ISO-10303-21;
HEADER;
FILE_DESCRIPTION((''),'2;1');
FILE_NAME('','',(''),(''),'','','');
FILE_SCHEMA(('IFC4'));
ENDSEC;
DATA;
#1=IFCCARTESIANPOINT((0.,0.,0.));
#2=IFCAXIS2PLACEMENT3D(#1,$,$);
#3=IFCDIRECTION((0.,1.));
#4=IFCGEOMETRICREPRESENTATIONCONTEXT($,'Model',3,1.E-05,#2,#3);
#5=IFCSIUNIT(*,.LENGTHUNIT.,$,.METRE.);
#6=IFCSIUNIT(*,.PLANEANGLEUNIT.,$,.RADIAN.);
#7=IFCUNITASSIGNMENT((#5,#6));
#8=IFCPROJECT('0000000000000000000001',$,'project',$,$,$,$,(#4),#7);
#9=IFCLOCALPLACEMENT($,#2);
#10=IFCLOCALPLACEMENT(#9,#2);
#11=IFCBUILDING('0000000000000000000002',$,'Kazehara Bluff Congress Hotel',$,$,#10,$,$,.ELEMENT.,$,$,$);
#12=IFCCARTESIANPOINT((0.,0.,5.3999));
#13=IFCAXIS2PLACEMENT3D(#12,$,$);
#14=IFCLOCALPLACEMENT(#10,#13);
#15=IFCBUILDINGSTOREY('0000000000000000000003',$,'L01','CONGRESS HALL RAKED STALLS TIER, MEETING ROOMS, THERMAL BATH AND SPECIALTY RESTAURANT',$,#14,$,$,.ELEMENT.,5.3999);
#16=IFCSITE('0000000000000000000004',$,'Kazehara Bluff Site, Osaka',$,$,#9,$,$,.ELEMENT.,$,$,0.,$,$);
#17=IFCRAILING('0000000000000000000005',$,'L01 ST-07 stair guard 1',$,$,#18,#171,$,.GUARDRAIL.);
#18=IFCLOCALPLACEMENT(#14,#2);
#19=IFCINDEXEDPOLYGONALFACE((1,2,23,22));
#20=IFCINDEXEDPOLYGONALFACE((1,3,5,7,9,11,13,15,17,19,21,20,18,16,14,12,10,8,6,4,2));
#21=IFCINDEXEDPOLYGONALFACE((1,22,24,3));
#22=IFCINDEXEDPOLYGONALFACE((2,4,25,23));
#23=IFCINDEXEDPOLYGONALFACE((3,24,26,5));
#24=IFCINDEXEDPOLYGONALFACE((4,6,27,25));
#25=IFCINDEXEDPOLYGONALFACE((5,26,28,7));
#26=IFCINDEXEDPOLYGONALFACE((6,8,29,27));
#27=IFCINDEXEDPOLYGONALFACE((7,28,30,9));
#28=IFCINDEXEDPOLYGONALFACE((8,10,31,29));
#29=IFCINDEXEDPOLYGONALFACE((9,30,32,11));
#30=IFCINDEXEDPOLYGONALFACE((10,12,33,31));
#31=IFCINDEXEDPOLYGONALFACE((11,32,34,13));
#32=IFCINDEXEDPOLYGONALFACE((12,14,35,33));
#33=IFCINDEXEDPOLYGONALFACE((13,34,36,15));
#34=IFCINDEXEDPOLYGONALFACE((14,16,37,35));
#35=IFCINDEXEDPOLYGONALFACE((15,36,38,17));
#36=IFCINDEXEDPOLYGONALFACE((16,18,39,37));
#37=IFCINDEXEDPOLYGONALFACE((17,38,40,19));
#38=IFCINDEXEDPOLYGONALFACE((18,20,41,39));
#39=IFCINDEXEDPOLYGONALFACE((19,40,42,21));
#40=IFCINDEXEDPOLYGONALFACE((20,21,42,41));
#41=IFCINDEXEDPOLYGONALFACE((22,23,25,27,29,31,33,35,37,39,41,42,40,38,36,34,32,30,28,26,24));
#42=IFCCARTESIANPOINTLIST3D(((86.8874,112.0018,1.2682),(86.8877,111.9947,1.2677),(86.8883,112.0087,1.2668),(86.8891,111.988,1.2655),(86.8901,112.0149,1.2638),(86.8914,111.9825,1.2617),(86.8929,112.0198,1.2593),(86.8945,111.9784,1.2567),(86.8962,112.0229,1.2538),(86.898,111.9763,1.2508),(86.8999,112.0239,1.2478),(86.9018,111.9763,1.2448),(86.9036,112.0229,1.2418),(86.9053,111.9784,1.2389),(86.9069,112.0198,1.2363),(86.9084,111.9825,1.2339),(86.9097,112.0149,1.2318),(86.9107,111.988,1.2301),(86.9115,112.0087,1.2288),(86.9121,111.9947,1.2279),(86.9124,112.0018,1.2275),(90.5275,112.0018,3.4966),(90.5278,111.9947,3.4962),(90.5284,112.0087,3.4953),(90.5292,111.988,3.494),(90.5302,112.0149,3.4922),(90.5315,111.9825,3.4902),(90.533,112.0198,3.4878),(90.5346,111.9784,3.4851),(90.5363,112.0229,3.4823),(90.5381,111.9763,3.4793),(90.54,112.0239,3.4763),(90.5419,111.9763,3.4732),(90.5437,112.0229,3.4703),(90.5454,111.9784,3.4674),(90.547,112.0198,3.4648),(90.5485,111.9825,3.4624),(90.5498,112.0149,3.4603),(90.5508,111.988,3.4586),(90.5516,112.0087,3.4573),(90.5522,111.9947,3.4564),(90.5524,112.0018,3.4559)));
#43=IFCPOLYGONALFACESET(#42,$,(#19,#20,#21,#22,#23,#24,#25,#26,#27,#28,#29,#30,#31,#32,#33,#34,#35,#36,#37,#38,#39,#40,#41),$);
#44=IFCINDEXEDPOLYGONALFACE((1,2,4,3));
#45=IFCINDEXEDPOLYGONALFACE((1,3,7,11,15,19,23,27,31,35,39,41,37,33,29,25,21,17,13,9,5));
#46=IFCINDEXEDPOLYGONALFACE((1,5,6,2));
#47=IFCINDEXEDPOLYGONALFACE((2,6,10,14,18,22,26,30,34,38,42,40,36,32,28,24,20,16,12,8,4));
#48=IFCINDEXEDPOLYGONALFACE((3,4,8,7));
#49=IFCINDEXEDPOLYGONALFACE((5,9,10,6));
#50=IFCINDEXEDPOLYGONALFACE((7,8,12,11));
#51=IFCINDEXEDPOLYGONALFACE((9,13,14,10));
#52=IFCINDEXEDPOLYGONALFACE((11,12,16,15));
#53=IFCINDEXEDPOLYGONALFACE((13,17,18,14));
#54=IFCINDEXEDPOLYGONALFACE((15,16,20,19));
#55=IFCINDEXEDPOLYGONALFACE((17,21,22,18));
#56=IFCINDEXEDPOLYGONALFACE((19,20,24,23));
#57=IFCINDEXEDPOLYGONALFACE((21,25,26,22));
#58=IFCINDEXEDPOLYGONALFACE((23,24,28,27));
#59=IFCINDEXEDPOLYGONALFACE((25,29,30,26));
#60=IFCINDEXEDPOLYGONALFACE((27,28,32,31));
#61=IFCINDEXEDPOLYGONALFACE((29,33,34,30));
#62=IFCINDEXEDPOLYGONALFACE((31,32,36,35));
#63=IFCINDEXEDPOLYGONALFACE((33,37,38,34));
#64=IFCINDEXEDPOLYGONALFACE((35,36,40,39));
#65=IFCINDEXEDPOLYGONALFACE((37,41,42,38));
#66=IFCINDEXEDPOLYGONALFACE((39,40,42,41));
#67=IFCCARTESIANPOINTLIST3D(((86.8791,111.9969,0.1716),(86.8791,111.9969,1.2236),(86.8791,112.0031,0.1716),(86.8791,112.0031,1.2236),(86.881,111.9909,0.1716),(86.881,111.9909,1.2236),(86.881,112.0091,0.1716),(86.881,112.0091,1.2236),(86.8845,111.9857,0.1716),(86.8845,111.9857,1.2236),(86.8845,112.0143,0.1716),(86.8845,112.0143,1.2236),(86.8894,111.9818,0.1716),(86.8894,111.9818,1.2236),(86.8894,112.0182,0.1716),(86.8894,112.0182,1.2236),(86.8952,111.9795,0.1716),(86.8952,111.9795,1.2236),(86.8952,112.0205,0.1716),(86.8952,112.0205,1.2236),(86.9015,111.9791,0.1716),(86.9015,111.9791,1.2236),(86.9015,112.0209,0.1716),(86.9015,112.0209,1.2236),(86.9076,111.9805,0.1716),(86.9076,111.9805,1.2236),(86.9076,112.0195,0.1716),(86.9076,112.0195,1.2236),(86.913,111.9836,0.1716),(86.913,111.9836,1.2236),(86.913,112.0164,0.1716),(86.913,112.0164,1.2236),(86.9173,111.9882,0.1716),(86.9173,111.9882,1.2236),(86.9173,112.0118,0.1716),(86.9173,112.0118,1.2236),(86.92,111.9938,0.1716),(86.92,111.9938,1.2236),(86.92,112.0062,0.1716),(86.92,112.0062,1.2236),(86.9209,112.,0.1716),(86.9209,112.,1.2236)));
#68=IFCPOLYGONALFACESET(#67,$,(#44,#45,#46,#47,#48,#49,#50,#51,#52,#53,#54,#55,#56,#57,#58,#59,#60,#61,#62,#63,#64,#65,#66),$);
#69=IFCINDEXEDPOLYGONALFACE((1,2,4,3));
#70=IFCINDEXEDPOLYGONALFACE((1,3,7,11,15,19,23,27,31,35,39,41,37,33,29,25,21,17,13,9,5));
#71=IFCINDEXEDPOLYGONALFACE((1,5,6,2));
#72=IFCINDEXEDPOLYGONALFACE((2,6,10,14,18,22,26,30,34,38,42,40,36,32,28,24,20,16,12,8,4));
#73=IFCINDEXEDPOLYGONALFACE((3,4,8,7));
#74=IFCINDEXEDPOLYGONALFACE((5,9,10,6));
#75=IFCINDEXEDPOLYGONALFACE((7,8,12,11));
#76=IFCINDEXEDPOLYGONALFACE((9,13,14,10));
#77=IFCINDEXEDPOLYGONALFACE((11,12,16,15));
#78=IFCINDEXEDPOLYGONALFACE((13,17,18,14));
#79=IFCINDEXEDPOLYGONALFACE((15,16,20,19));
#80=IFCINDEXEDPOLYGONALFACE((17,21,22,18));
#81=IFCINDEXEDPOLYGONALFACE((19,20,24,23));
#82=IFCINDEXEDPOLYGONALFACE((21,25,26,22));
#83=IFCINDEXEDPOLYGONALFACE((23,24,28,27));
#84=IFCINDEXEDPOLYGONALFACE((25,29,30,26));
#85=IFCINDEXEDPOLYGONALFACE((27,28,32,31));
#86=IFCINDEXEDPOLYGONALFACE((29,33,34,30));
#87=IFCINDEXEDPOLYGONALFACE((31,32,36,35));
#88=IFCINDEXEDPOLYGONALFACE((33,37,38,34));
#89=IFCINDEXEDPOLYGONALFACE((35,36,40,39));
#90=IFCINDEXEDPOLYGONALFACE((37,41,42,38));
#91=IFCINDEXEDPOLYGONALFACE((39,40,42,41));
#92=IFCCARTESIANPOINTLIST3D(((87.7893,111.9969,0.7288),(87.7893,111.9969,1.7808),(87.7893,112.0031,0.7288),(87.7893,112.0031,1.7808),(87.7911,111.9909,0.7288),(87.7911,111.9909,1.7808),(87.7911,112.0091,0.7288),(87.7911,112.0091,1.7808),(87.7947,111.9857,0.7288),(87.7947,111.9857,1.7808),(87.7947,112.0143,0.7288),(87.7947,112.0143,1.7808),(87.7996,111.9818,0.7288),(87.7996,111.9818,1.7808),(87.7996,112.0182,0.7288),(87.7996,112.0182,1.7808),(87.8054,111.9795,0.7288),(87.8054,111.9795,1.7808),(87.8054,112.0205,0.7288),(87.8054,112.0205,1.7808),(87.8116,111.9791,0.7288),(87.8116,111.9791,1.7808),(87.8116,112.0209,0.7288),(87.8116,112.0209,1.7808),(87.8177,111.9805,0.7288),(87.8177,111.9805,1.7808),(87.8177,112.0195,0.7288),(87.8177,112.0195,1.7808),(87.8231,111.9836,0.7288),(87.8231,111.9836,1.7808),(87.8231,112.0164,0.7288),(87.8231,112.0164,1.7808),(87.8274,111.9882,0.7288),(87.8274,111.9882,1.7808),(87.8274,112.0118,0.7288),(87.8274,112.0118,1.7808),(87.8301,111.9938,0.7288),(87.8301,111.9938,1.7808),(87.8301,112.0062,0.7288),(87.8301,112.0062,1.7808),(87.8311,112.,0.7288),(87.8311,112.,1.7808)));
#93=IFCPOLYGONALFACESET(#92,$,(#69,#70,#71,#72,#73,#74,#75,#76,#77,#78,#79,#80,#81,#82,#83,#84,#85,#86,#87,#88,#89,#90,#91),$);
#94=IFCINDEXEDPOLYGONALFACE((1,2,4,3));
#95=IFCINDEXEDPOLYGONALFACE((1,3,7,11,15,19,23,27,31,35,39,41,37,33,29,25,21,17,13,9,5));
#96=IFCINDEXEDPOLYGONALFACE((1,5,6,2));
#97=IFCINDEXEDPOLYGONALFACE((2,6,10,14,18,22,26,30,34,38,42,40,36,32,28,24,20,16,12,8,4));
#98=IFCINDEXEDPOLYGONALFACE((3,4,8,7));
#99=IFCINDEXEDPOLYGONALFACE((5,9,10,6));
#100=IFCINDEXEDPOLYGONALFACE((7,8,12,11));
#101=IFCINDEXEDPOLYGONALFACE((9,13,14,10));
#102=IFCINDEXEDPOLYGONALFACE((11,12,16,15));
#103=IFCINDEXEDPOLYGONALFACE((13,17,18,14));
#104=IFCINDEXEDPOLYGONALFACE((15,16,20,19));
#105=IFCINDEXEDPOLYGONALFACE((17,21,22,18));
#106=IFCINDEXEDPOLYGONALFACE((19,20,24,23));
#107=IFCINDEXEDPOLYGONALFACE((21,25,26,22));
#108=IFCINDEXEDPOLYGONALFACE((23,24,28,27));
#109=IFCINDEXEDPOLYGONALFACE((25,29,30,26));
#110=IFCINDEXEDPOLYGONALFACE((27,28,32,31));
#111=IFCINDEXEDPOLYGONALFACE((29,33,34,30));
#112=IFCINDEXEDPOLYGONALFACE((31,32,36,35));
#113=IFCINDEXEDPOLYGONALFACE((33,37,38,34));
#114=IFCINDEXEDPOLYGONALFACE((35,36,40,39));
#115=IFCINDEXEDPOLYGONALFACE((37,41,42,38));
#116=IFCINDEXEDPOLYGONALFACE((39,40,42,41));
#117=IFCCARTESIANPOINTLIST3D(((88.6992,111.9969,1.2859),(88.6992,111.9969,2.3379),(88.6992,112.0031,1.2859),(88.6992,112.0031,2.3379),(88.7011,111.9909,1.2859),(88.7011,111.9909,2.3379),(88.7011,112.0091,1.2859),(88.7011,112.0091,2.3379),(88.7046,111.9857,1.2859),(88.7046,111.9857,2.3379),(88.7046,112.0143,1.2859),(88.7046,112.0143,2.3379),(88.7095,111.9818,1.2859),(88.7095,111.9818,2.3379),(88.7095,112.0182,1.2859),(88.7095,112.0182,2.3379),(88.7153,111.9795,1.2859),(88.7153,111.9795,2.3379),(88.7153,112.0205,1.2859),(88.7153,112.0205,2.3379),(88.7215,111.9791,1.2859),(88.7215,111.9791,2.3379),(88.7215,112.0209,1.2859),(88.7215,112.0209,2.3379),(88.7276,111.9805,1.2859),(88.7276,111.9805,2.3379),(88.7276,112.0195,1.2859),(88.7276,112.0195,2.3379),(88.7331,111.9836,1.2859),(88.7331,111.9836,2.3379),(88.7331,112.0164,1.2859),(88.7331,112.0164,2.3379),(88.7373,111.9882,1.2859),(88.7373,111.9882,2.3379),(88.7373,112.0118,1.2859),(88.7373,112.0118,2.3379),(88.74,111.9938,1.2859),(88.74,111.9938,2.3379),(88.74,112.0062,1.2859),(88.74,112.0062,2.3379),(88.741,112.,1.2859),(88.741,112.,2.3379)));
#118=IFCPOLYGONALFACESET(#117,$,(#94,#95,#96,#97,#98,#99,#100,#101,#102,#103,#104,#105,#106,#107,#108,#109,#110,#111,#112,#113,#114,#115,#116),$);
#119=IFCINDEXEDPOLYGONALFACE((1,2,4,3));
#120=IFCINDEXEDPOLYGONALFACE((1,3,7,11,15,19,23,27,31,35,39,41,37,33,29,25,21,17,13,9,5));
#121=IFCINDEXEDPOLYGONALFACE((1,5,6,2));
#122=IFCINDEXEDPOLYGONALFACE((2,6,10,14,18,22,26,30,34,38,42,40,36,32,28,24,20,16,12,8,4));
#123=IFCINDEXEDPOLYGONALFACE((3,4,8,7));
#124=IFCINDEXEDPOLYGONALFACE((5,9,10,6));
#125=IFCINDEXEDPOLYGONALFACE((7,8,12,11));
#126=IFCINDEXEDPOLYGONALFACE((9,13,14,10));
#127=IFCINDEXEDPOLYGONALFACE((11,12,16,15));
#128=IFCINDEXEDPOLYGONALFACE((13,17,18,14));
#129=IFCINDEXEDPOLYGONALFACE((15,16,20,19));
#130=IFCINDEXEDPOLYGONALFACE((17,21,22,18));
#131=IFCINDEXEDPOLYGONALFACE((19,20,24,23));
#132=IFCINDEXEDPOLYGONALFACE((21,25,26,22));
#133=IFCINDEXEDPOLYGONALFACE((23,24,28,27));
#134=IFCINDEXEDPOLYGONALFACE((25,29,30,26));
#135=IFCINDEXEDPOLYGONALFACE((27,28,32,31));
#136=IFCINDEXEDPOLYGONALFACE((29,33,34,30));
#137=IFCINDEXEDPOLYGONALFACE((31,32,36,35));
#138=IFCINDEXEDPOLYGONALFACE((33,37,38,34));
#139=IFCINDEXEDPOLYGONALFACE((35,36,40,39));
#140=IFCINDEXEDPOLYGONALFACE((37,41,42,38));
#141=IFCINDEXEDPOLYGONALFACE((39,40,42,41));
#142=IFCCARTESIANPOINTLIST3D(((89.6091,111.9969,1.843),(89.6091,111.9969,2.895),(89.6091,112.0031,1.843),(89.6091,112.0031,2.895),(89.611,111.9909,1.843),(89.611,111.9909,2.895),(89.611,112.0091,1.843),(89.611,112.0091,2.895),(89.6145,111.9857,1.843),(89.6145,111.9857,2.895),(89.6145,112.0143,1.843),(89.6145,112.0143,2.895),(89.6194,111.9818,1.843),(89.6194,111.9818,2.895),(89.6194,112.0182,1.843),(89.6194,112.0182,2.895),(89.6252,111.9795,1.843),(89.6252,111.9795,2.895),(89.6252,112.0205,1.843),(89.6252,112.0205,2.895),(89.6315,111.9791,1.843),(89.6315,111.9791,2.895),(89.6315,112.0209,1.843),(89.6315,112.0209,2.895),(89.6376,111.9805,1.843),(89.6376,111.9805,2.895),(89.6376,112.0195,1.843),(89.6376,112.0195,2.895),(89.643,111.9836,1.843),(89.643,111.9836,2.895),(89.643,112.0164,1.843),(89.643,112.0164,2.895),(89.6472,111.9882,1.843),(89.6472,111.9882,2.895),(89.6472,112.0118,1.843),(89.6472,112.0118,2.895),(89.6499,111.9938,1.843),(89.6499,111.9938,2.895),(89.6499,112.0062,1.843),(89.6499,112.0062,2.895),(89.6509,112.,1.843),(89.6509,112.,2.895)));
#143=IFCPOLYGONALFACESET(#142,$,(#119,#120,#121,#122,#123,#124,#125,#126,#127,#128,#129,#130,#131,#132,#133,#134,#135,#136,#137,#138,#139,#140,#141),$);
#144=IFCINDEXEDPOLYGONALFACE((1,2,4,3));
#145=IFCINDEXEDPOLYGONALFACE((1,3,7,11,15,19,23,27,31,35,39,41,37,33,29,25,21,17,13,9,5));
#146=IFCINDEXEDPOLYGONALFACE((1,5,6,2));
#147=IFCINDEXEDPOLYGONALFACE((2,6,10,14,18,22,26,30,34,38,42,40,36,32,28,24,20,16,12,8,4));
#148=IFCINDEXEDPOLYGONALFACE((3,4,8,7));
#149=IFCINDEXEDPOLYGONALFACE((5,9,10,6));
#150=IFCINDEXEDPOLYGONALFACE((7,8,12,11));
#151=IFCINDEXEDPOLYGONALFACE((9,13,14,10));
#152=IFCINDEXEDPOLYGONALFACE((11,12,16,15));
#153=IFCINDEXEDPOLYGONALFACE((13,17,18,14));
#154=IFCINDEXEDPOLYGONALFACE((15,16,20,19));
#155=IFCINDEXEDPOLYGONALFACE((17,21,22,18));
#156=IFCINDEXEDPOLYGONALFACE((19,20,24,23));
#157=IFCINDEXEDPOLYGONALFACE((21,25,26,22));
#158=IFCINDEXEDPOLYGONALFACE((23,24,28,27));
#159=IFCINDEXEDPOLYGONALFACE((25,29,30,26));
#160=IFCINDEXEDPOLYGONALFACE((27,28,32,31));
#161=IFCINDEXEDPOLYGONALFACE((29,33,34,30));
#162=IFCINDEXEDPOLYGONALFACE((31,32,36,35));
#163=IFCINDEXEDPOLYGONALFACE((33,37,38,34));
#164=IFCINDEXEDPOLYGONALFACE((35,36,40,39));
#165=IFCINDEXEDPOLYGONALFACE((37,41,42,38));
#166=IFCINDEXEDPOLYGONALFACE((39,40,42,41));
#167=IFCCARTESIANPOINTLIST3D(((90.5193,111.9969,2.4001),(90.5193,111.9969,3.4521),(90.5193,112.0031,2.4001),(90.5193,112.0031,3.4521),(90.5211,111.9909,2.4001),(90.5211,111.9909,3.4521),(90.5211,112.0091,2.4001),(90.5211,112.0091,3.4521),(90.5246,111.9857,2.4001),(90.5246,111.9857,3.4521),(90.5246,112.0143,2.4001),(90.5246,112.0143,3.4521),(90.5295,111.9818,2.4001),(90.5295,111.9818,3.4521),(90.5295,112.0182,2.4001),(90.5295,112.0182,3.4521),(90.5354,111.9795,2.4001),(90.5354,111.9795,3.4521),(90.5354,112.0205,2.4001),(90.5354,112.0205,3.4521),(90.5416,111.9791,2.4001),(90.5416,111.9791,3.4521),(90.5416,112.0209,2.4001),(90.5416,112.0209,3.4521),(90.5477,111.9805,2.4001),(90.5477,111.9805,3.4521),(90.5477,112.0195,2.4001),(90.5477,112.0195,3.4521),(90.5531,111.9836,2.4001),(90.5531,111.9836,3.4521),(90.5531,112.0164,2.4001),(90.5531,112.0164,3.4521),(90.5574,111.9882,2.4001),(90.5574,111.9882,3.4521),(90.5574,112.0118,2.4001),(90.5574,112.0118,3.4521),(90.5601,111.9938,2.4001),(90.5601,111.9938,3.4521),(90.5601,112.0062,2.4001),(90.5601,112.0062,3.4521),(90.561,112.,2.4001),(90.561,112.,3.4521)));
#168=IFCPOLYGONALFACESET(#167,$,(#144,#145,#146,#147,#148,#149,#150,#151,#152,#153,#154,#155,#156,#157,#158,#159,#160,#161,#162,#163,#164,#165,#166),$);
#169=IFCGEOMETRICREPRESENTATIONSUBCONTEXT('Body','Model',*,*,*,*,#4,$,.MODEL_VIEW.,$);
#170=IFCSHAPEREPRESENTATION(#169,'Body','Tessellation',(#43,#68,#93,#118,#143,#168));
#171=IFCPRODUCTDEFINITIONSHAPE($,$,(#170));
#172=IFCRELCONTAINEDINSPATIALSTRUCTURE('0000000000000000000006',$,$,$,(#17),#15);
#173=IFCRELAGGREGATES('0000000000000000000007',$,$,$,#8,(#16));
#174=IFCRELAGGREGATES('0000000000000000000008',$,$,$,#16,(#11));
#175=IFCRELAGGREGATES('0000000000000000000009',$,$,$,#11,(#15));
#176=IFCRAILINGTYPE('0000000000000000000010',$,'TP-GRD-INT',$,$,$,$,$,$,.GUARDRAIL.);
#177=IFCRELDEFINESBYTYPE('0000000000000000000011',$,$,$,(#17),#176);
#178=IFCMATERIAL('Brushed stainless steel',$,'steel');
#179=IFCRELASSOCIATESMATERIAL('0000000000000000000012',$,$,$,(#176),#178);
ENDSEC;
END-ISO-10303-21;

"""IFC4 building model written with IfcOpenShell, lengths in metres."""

from ifc_helpers import new_model, si_unit, direction, frame, origin, origin_2d, place, context, subcontext, project, spatial, circle, extrude, material, type_object, element, save


model = new_model("IFC4")

# Units and contexts
model_context = context("Model", 3, precision=1e-05, world=origin(), true_north=direction((0.0, 1.0)))
body_context = subcontext(model_context, "Body", "Model", "MODEL_VIEW")
ifc_project = project(units=[si_unit("LENGTHUNIT", "METRE"), si_unit("PLANEANGLEUNIT", "RADIAN")], contexts=[model_context])

# Site, building, storey
site_placement = place(None, origin())
site = spatial("IfcSite", under=ifc_project, at=site_placement, Name="Kazehara Bluff Site, Osaka", CompositionType="ELEMENT", RefElevation=0.0)
building_placement = place(site_placement, origin())
building = spatial("IfcBuilding", under=site, at=building_placement, Name="Kazehara Bluff Congress Hotel", CompositionType="ELEMENT")
storey_placement = place(building_placement, frame((0.0, 0.0, 5.3999)))
storey = spatial("IfcBuildingStorey", under=building, at=storey_placement, Name="L01", Description="CONGRESS HALL RAKED STALLS TIER, MEETING ROOMS, THERMAL BATH AND SPECIALTY RESTAURANT", CompositionType="ELEMENT", Elevation=5.3999)

# Railing
ifc_material_1 = material(Name="Brushed stainless steel", Category="steel")
railing_type_1 = type_object("IfcRailingType", Name="TP-GRD-INT", PredefinedType="GUARDRAIL", material=ifc_material_1)
railing_1_placement = place(storey_placement, frame((86.8999, 112.0, 0.1716)))
element("IfcRailing", 1, at=railing_1_placement, inside=storey, type_object=railing_type_1, Name="L01 ST-07 stair guard 1", PredefinedType="GUARDRAIL", context=body_context, shape_type="SweptSolid", body=[
    extrude(circle(Radius=0.0239, at=origin_2d()), frame((0.0, 0.0, 1.0762), z_axis=(0.852866, 0.0, 0.52213), x_axis=(0.0, 1.0, 0.0)), (0.0, 0.0, 1.0), 4.2681),
    extrude(circle(Radius=0.021, at=origin_2d()), origin(), (0.0, 0.0, 1.0), 1.052),
    extrude(circle(Radius=0.021, at=origin_2d()), frame((0.9102, 0.0, 0.5571)), (0.0, 0.0, 1.0), 1.052),
    extrude(circle(Radius=0.021, at=origin_2d()), frame((1.8201, 0.0, 1.1143)), (0.0, 0.0, 1.0), 1.052),
    extrude(circle(Radius=0.021, at=origin_2d()), frame((2.73, 0.0, 1.6714)), (0.0, 0.0, 1.0), 1.052),
    extrude(circle(Radius=0.021, at=origin_2d()), frame((3.6401, 0.0, 2.2285)), (0.0, 0.0, 1.0), 1.052),
])

save(model, "model.ifc")
